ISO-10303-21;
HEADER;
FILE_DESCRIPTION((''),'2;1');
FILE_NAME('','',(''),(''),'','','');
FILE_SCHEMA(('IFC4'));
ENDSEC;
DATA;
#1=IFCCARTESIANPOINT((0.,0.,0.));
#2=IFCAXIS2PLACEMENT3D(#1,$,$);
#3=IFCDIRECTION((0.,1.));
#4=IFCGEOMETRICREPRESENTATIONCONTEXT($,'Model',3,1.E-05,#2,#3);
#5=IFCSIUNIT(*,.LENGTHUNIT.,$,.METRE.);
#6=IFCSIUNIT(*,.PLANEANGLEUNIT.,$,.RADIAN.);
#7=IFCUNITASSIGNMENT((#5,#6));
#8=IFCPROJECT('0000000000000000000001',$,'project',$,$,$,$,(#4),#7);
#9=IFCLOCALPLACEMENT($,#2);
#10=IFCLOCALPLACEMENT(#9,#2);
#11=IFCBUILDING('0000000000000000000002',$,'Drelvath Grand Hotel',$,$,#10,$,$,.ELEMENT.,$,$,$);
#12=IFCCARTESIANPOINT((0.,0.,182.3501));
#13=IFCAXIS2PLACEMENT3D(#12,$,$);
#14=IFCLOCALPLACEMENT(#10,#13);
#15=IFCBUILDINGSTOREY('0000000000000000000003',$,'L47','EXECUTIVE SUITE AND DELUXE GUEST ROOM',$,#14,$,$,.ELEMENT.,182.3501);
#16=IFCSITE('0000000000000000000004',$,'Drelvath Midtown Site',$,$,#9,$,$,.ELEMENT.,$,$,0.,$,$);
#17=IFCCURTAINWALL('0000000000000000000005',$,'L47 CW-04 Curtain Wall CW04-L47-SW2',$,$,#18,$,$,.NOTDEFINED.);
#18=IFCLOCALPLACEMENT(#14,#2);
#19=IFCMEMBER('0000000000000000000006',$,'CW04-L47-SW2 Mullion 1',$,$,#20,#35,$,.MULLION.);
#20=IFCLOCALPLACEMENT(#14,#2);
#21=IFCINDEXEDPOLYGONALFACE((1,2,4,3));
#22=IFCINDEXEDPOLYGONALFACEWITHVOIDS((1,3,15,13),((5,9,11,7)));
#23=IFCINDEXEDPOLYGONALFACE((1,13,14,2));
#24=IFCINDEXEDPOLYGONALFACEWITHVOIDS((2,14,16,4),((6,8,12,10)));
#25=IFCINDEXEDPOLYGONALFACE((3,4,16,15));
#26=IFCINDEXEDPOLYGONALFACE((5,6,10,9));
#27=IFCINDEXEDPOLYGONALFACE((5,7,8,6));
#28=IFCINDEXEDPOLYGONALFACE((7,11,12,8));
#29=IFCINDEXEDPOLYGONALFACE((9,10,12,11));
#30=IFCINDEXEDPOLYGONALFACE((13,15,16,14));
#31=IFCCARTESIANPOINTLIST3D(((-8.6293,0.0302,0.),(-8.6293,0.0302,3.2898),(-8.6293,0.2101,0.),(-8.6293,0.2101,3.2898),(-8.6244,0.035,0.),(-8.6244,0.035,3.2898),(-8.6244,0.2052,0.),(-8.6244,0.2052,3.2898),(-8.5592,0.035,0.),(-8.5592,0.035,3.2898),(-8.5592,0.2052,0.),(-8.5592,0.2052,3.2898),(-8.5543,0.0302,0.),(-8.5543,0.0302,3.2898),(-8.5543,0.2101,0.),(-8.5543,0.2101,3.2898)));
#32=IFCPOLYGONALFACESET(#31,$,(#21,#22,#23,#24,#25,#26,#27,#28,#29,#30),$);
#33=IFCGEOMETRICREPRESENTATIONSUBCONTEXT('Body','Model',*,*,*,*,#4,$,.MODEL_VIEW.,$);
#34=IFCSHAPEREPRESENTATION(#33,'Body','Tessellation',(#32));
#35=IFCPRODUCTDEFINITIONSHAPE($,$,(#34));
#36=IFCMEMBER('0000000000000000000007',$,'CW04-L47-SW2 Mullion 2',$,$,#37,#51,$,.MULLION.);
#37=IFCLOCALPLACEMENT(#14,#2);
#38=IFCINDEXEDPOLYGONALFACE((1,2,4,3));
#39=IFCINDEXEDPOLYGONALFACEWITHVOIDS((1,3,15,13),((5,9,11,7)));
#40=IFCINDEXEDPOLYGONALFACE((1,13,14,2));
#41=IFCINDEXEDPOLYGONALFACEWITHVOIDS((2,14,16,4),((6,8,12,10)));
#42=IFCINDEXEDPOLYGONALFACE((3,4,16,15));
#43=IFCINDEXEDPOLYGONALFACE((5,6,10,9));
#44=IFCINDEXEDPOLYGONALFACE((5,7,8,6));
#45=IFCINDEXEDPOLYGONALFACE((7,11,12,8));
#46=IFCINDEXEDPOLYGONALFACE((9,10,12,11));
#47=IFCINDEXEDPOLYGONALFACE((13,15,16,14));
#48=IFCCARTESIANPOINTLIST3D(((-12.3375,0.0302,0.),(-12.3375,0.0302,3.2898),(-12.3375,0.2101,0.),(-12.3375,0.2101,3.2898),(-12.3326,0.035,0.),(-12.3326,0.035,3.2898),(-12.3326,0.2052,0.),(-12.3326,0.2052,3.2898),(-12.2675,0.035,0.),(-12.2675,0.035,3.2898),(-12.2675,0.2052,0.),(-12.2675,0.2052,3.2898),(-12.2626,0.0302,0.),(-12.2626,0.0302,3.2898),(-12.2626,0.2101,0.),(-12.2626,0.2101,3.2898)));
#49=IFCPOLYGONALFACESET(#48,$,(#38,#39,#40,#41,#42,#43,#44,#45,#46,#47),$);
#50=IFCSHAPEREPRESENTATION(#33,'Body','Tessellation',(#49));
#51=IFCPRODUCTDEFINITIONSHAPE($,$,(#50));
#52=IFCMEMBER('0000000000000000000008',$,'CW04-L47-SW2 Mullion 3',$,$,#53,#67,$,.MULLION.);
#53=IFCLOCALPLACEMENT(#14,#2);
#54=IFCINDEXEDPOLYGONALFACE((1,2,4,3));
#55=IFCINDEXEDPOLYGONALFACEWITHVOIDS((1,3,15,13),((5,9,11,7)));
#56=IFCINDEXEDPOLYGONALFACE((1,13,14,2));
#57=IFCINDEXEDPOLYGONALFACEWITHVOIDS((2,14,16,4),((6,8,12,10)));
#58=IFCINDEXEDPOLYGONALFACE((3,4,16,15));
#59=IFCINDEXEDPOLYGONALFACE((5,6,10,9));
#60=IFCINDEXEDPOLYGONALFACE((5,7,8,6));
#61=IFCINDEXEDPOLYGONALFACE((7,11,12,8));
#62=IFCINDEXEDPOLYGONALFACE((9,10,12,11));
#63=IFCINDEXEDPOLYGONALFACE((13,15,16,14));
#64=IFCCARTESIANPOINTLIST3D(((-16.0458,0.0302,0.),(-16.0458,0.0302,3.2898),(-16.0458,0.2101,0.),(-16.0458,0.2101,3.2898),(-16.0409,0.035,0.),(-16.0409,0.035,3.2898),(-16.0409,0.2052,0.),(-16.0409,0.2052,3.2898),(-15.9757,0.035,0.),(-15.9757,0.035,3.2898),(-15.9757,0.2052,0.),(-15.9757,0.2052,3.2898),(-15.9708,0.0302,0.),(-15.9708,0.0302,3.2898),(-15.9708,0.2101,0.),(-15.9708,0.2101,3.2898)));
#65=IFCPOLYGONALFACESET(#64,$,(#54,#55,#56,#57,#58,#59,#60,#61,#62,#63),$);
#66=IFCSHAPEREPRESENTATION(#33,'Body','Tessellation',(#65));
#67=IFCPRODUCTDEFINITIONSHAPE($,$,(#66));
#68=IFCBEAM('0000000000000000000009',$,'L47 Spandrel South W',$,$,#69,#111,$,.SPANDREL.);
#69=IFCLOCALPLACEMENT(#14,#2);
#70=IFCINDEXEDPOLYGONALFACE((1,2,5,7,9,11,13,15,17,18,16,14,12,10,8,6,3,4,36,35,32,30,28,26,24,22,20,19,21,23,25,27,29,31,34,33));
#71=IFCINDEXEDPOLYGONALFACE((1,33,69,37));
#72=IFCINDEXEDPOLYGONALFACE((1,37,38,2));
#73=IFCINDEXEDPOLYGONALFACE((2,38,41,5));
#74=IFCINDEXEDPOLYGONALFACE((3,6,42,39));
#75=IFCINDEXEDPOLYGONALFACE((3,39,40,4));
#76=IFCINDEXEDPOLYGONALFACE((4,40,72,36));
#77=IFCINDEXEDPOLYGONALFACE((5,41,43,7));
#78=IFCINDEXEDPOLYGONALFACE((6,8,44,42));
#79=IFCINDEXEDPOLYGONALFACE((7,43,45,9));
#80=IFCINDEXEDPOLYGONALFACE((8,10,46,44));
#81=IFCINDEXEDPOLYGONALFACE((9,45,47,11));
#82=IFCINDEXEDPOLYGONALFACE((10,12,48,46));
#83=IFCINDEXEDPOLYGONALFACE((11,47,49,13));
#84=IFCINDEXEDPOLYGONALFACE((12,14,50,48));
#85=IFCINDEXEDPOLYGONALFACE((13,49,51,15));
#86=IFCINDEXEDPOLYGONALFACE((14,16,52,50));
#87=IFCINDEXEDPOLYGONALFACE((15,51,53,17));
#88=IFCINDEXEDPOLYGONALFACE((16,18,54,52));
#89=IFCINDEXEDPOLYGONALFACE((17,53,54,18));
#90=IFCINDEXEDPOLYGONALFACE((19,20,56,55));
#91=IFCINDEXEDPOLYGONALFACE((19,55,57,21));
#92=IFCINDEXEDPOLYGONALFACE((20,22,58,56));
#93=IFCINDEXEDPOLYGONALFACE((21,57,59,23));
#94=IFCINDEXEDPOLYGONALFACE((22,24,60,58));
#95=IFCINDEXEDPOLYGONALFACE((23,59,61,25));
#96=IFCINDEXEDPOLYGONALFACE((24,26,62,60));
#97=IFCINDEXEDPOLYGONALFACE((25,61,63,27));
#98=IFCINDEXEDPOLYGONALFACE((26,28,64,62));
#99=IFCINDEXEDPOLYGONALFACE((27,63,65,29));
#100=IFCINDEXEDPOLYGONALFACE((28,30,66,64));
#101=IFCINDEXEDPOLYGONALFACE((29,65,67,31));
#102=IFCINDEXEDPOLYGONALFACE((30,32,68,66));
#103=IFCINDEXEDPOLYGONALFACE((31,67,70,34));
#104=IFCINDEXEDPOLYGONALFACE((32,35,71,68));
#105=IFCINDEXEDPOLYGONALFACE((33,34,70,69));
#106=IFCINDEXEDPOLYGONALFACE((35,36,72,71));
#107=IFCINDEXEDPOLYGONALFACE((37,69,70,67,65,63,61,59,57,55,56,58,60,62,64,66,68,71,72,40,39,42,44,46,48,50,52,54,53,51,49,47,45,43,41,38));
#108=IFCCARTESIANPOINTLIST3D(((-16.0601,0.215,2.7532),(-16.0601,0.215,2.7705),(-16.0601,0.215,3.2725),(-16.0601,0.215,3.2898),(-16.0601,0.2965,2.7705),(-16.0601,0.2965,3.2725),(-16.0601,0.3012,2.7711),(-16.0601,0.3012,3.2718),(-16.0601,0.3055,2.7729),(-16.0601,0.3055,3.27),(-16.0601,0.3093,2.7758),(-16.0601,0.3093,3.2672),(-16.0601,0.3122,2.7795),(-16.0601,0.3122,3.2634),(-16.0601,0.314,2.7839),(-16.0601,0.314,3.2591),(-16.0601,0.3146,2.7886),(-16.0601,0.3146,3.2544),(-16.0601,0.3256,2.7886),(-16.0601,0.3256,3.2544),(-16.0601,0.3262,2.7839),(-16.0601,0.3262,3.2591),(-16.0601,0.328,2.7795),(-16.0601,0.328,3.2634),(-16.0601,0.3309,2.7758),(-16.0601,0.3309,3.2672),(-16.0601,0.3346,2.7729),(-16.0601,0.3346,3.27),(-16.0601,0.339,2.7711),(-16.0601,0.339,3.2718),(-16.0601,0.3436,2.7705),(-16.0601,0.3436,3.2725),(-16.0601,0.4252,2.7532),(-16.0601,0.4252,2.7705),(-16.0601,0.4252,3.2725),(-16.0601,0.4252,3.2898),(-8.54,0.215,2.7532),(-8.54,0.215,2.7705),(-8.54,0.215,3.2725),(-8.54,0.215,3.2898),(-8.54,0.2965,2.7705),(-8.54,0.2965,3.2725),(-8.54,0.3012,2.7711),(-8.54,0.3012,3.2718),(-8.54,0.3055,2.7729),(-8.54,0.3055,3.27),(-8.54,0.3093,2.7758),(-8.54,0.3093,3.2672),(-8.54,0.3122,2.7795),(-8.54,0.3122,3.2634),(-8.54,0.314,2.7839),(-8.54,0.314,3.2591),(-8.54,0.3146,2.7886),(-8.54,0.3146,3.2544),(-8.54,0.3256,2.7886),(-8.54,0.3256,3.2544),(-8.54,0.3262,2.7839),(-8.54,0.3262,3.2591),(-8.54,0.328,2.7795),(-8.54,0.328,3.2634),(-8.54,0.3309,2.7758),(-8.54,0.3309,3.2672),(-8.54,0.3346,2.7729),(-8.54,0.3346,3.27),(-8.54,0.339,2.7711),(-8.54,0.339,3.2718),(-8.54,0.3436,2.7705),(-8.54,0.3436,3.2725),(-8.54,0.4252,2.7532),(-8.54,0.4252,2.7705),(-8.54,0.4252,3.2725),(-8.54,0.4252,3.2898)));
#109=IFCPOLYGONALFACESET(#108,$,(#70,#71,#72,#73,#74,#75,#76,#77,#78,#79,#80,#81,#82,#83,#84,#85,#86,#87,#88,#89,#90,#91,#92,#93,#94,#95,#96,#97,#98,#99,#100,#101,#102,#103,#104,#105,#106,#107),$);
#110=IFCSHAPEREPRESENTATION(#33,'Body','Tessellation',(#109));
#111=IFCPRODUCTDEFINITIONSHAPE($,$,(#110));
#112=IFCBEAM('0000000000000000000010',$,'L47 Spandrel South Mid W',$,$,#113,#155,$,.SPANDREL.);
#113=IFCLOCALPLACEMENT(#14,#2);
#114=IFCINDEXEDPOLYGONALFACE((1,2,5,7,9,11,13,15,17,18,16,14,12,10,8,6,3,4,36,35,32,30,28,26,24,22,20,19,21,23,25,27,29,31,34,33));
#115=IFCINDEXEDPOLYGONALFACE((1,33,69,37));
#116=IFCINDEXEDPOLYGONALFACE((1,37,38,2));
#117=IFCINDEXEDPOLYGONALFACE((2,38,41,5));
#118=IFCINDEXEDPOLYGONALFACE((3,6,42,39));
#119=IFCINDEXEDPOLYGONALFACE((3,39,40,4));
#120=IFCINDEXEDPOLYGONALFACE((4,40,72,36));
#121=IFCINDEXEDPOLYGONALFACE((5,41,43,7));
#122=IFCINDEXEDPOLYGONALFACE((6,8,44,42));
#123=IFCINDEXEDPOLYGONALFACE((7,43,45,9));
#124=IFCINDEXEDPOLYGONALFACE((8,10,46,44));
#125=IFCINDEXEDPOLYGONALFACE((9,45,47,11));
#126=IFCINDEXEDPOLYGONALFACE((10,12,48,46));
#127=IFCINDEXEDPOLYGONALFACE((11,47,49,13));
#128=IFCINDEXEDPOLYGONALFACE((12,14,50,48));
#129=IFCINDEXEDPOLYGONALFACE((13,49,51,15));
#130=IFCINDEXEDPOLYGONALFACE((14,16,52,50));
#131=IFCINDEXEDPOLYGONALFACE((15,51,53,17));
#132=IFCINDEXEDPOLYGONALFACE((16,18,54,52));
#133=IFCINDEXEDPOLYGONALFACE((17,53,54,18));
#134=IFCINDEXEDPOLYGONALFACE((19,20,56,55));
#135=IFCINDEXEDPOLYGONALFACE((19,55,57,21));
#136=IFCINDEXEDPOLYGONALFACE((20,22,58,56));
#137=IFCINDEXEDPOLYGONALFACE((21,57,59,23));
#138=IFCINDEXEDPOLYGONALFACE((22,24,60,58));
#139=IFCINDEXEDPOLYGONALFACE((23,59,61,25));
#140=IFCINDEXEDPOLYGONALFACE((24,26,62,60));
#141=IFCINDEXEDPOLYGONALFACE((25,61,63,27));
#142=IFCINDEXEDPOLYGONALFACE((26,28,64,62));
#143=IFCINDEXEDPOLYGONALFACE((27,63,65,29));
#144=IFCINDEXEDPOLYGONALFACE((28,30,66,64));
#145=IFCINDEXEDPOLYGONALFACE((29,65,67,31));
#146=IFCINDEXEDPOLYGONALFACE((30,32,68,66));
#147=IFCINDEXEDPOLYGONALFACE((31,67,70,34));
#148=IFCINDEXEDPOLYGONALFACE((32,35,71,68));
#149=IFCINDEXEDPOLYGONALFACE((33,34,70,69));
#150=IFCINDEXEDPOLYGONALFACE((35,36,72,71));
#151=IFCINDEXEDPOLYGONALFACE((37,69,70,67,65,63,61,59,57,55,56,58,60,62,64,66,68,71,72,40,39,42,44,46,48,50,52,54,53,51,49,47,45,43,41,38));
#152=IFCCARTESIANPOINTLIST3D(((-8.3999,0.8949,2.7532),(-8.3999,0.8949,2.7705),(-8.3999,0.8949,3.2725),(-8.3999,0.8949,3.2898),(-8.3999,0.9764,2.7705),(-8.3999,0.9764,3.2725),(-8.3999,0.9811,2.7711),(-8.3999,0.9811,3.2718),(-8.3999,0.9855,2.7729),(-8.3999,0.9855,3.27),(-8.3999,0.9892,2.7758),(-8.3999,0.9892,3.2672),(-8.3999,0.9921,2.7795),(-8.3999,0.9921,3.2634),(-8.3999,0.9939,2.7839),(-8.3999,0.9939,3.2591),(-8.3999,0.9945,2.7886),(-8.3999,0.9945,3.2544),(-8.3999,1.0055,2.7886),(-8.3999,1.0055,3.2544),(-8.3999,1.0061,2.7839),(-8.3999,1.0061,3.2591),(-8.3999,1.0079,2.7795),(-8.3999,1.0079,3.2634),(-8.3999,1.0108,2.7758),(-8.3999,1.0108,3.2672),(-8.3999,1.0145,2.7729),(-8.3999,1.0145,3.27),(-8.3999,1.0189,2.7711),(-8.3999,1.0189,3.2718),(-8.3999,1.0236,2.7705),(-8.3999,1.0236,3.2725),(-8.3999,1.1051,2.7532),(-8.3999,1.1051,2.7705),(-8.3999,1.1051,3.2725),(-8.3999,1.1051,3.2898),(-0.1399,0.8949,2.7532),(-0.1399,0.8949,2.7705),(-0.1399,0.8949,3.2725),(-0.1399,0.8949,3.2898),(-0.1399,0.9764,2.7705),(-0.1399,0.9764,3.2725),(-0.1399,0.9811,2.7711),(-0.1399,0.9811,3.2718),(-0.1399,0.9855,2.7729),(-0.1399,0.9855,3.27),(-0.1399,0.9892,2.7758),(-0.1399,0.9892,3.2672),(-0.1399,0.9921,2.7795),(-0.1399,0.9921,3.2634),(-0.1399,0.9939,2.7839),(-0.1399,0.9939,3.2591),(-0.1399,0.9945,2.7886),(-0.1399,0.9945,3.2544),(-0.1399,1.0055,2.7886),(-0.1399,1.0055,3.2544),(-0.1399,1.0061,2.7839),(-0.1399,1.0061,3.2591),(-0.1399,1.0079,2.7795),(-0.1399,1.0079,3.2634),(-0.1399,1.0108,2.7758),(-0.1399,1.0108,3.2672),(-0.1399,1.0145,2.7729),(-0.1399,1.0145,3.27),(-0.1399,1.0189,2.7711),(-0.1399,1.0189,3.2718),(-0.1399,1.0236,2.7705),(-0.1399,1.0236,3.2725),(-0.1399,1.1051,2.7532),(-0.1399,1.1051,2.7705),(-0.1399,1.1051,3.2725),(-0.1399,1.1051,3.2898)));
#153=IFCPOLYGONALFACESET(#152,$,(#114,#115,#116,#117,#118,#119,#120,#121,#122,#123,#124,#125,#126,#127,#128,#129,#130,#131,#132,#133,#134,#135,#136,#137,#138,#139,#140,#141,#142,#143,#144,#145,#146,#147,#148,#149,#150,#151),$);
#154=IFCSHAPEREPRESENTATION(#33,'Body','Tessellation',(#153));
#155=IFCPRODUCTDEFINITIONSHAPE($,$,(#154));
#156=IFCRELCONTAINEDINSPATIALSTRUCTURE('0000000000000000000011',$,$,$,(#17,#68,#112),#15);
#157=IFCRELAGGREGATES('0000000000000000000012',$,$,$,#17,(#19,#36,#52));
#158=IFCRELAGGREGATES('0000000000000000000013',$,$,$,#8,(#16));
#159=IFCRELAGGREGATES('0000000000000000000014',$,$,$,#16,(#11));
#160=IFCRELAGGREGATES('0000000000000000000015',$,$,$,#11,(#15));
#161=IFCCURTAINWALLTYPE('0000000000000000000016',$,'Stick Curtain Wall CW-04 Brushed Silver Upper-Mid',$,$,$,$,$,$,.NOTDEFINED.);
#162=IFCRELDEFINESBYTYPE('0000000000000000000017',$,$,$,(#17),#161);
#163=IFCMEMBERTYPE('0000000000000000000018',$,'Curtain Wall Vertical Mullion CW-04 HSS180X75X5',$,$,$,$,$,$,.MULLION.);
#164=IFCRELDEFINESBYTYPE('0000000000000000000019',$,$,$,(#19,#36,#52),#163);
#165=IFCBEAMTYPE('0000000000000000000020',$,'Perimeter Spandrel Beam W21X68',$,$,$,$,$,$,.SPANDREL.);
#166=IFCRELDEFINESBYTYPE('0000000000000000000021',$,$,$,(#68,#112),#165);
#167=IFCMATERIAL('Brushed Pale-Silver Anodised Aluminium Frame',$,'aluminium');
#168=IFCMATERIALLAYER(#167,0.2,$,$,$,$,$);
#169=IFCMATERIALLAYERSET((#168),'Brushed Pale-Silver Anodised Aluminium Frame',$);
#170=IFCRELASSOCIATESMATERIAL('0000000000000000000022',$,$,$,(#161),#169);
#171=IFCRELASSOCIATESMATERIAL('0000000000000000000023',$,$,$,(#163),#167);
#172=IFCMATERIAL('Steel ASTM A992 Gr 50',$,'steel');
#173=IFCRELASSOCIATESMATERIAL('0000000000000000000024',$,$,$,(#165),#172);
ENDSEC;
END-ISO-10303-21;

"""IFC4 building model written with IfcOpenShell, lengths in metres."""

from ifc_helpers import new_model, si_unit, direction, frame, origin, origin_2d, place, context, subcontext, project, spatial, hollow_rectangle, i_section, extrude, material, layer, layer_set, material_profile, profile_set, type_object, element, aggregate, save


model = new_model("IFC4")

# Units and contexts
model_context = context("Model", 3, precision=1e-05, world=origin(), true_north=direction((0.0, 1.0)))
body_context = subcontext(model_context, "Body", "Model", "MODEL_VIEW")
ifc_project = project(units=[si_unit("LENGTHUNIT", "METRE"), si_unit("PLANEANGLEUNIT", "RADIAN")], contexts=[model_context])

# Site, building, storey
site_placement = place(None, origin())
site = spatial("IfcSite", under=ifc_project, at=site_placement, Name="Drelvath Midtown Site", CompositionType="ELEMENT", RefElevation=0.0)
building_placement = place(site_placement, origin())
building = spatial("IfcBuilding", under=site, at=building_placement, Name="Drelvath Grand Hotel", CompositionType="ELEMENT")
storey_placement = place(building_placement, frame((0.0, 0.0, 182.3501)))
storey = spatial("IfcBuildingStorey", under=building, at=storey_placement, Name="L47", Description="EXECUTIVE SUITE AND DELUXE GUEST ROOM", CompositionType="ELEMENT", Elevation=182.3501)

# Curtain wall
ifc_material_1 = material(Name="Brushed Pale-Silver Anodised Aluminium Frame", Category="aluminium")
ifc_layer_1 = layer(ifc_material_1, 0.2)
ifc_layer_set_1 = layer_set([ifc_layer_1], Name="Brushed Pale-Silver Anodised Aluminium Frame")
curtain_wall_type = type_object("IfcCurtainWallType", Name="Stick Curtain Wall CW-04 Brushed Silver Upper-Mid", PredefinedType="NOTDEFINED", material=ifc_layer_set_1)
curtain_wall_1_placement = place(storey_placement, origin())
curtain_wall_1 = element("IfcCurtainWall", 1, at=curtain_wall_1_placement, inside=storey, type_object=curtain_wall_type, Name="L47 CW-04 Curtain Wall CW04-L47-SW2", PredefinedType="NOTDEFINED")

# Members
ifc_material_profile_1 = material_profile(ifc_material_1, hollow_rectangle(XDim=0.075, YDim=0.1799, WallThickness=0.0049, at=origin_2d()), Name="HSS180X75X5")
ifc_profile_set_1 = profile_set([ifc_material_profile_1], Name="Brushed Pale-Silver Anodised Aluminium Frame")
member_type_1 = type_object("IfcMemberType", Name="Curtain Wall Vertical Mullion CW-04 HSS180X75X5", PredefinedType="MULLION", material=ifc_profile_set_1)
member_1_placement = place(storey_placement, frame((-8.5918, 0.1201, 0.0), z_axis=(0.0, 0.0, 1.0), x_axis=(1.0, 0.0, 0.0)))
member_1 = element("IfcMember", 2, at=member_1_placement, type_object=member_type_1, Name="CW04-L47-SW2 Mullion 1", PredefinedType="MULLION", context=body_context, shape_type="SweptSolid", body=[
    extrude(hollow_rectangle(XDim=0.075, YDim=0.1799, WallThickness=0.0049, at=origin_2d()), origin(), (0.0, 0.0, 1.0), 3.2898),
])
member_2_placement = place(storey_placement, frame((-12.3, 0.1201, 0.0), z_axis=(0.0, 0.0, 1.0), x_axis=(1.0, 0.0, 0.0)))
member_2 = element("IfcMember", 3, at=member_2_placement, type_object=member_type_1, Name="CW04-L47-SW2 Mullion 2", PredefinedType="MULLION", context=body_context, shape_type="SweptSolid", body=[
    extrude(hollow_rectangle(XDim=0.075, YDim=0.1799, WallThickness=0.0049, at=origin_2d()), origin(), (0.0, 0.0, 1.0), 3.2898),
])
member_3_placement = place(storey_placement, frame((-16.0083, 0.1201, 0.0), z_axis=(0.0, 0.0, 1.0), x_axis=(1.0, 0.0, 0.0)))
member_3 = element("IfcMember", 4, at=member_3_placement, type_object=member_type_1, Name="CW04-L47-SW2 Mullion 3", PredefinedType="MULLION", context=body_context, shape_type="SweptSolid", body=[
    extrude(hollow_rectangle(XDim=0.075, YDim=0.1799, WallThickness=0.0049, at=origin_2d()), origin(), (0.0, 0.0, 1.0), 3.2898),
])

# Beams
ifc_material_2 = material(Name="Steel ASTM A992 Gr 50", Category="steel")
ifc_material_profile_2 = material_profile(ifc_material_2, i_section(OverallWidth=0.2102, OverallDepth=0.5366, WebThickness=0.011, FlangeThickness=0.0173, FilletRadius=0.0181, at=origin_2d()), Name="W21X68")
ifc_profile_set_2 = profile_set([ifc_material_profile_2], Name="Steel ASTM A992 Gr 50")
beam_type_1 = type_object("IfcBeamType", Name="Perimeter Spandrel Beam W21X68", PredefinedType="SPANDREL", material=ifc_profile_set_2)
beam_1_placement = place(storey_placement, frame((-16.0601, 0.3201, 3.0215), z_axis=(1.0, 0.0, 0.0), x_axis=(0.0, 1.0, 0.0)))
element("IfcBeam", 5, at=beam_1_placement, inside=storey, type_object=beam_type_1, Name="L47 Spandrel South W", PredefinedType="SPANDREL", context=body_context, shape_type="SweptSolid", body=[
    extrude(i_section(OverallWidth=0.2102, OverallDepth=0.5366, WebThickness=0.011, FlangeThickness=0.0173, FilletRadius=0.0181, at=origin_2d()), origin(), (0.0, 0.0, 1.0), 7.52),
])
beam_2_placement = place(storey_placement, frame((-8.3999, 1.0, 3.0215), z_axis=(1.0, 0.0, 0.0), x_axis=(0.0, 1.0, 0.0)))
element("IfcBeam", 6, at=beam_2_placement, inside=storey, type_object=beam_type_1, Name="L47 Spandrel South Mid W", PredefinedType="SPANDREL", context=body_context, shape_type="SweptSolid", body=[
    extrude(i_section(OverallWidth=0.2102, OverallDepth=0.5366, WebThickness=0.011, FlangeThickness=0.0173, FilletRadius=0.0181, at=origin_2d()), origin(), (0.0, 0.0, 1.0), 8.26),
])

aggregate(curtain_wall_1, [member_1, member_2, member_3])

save(model, "model.ifc")
